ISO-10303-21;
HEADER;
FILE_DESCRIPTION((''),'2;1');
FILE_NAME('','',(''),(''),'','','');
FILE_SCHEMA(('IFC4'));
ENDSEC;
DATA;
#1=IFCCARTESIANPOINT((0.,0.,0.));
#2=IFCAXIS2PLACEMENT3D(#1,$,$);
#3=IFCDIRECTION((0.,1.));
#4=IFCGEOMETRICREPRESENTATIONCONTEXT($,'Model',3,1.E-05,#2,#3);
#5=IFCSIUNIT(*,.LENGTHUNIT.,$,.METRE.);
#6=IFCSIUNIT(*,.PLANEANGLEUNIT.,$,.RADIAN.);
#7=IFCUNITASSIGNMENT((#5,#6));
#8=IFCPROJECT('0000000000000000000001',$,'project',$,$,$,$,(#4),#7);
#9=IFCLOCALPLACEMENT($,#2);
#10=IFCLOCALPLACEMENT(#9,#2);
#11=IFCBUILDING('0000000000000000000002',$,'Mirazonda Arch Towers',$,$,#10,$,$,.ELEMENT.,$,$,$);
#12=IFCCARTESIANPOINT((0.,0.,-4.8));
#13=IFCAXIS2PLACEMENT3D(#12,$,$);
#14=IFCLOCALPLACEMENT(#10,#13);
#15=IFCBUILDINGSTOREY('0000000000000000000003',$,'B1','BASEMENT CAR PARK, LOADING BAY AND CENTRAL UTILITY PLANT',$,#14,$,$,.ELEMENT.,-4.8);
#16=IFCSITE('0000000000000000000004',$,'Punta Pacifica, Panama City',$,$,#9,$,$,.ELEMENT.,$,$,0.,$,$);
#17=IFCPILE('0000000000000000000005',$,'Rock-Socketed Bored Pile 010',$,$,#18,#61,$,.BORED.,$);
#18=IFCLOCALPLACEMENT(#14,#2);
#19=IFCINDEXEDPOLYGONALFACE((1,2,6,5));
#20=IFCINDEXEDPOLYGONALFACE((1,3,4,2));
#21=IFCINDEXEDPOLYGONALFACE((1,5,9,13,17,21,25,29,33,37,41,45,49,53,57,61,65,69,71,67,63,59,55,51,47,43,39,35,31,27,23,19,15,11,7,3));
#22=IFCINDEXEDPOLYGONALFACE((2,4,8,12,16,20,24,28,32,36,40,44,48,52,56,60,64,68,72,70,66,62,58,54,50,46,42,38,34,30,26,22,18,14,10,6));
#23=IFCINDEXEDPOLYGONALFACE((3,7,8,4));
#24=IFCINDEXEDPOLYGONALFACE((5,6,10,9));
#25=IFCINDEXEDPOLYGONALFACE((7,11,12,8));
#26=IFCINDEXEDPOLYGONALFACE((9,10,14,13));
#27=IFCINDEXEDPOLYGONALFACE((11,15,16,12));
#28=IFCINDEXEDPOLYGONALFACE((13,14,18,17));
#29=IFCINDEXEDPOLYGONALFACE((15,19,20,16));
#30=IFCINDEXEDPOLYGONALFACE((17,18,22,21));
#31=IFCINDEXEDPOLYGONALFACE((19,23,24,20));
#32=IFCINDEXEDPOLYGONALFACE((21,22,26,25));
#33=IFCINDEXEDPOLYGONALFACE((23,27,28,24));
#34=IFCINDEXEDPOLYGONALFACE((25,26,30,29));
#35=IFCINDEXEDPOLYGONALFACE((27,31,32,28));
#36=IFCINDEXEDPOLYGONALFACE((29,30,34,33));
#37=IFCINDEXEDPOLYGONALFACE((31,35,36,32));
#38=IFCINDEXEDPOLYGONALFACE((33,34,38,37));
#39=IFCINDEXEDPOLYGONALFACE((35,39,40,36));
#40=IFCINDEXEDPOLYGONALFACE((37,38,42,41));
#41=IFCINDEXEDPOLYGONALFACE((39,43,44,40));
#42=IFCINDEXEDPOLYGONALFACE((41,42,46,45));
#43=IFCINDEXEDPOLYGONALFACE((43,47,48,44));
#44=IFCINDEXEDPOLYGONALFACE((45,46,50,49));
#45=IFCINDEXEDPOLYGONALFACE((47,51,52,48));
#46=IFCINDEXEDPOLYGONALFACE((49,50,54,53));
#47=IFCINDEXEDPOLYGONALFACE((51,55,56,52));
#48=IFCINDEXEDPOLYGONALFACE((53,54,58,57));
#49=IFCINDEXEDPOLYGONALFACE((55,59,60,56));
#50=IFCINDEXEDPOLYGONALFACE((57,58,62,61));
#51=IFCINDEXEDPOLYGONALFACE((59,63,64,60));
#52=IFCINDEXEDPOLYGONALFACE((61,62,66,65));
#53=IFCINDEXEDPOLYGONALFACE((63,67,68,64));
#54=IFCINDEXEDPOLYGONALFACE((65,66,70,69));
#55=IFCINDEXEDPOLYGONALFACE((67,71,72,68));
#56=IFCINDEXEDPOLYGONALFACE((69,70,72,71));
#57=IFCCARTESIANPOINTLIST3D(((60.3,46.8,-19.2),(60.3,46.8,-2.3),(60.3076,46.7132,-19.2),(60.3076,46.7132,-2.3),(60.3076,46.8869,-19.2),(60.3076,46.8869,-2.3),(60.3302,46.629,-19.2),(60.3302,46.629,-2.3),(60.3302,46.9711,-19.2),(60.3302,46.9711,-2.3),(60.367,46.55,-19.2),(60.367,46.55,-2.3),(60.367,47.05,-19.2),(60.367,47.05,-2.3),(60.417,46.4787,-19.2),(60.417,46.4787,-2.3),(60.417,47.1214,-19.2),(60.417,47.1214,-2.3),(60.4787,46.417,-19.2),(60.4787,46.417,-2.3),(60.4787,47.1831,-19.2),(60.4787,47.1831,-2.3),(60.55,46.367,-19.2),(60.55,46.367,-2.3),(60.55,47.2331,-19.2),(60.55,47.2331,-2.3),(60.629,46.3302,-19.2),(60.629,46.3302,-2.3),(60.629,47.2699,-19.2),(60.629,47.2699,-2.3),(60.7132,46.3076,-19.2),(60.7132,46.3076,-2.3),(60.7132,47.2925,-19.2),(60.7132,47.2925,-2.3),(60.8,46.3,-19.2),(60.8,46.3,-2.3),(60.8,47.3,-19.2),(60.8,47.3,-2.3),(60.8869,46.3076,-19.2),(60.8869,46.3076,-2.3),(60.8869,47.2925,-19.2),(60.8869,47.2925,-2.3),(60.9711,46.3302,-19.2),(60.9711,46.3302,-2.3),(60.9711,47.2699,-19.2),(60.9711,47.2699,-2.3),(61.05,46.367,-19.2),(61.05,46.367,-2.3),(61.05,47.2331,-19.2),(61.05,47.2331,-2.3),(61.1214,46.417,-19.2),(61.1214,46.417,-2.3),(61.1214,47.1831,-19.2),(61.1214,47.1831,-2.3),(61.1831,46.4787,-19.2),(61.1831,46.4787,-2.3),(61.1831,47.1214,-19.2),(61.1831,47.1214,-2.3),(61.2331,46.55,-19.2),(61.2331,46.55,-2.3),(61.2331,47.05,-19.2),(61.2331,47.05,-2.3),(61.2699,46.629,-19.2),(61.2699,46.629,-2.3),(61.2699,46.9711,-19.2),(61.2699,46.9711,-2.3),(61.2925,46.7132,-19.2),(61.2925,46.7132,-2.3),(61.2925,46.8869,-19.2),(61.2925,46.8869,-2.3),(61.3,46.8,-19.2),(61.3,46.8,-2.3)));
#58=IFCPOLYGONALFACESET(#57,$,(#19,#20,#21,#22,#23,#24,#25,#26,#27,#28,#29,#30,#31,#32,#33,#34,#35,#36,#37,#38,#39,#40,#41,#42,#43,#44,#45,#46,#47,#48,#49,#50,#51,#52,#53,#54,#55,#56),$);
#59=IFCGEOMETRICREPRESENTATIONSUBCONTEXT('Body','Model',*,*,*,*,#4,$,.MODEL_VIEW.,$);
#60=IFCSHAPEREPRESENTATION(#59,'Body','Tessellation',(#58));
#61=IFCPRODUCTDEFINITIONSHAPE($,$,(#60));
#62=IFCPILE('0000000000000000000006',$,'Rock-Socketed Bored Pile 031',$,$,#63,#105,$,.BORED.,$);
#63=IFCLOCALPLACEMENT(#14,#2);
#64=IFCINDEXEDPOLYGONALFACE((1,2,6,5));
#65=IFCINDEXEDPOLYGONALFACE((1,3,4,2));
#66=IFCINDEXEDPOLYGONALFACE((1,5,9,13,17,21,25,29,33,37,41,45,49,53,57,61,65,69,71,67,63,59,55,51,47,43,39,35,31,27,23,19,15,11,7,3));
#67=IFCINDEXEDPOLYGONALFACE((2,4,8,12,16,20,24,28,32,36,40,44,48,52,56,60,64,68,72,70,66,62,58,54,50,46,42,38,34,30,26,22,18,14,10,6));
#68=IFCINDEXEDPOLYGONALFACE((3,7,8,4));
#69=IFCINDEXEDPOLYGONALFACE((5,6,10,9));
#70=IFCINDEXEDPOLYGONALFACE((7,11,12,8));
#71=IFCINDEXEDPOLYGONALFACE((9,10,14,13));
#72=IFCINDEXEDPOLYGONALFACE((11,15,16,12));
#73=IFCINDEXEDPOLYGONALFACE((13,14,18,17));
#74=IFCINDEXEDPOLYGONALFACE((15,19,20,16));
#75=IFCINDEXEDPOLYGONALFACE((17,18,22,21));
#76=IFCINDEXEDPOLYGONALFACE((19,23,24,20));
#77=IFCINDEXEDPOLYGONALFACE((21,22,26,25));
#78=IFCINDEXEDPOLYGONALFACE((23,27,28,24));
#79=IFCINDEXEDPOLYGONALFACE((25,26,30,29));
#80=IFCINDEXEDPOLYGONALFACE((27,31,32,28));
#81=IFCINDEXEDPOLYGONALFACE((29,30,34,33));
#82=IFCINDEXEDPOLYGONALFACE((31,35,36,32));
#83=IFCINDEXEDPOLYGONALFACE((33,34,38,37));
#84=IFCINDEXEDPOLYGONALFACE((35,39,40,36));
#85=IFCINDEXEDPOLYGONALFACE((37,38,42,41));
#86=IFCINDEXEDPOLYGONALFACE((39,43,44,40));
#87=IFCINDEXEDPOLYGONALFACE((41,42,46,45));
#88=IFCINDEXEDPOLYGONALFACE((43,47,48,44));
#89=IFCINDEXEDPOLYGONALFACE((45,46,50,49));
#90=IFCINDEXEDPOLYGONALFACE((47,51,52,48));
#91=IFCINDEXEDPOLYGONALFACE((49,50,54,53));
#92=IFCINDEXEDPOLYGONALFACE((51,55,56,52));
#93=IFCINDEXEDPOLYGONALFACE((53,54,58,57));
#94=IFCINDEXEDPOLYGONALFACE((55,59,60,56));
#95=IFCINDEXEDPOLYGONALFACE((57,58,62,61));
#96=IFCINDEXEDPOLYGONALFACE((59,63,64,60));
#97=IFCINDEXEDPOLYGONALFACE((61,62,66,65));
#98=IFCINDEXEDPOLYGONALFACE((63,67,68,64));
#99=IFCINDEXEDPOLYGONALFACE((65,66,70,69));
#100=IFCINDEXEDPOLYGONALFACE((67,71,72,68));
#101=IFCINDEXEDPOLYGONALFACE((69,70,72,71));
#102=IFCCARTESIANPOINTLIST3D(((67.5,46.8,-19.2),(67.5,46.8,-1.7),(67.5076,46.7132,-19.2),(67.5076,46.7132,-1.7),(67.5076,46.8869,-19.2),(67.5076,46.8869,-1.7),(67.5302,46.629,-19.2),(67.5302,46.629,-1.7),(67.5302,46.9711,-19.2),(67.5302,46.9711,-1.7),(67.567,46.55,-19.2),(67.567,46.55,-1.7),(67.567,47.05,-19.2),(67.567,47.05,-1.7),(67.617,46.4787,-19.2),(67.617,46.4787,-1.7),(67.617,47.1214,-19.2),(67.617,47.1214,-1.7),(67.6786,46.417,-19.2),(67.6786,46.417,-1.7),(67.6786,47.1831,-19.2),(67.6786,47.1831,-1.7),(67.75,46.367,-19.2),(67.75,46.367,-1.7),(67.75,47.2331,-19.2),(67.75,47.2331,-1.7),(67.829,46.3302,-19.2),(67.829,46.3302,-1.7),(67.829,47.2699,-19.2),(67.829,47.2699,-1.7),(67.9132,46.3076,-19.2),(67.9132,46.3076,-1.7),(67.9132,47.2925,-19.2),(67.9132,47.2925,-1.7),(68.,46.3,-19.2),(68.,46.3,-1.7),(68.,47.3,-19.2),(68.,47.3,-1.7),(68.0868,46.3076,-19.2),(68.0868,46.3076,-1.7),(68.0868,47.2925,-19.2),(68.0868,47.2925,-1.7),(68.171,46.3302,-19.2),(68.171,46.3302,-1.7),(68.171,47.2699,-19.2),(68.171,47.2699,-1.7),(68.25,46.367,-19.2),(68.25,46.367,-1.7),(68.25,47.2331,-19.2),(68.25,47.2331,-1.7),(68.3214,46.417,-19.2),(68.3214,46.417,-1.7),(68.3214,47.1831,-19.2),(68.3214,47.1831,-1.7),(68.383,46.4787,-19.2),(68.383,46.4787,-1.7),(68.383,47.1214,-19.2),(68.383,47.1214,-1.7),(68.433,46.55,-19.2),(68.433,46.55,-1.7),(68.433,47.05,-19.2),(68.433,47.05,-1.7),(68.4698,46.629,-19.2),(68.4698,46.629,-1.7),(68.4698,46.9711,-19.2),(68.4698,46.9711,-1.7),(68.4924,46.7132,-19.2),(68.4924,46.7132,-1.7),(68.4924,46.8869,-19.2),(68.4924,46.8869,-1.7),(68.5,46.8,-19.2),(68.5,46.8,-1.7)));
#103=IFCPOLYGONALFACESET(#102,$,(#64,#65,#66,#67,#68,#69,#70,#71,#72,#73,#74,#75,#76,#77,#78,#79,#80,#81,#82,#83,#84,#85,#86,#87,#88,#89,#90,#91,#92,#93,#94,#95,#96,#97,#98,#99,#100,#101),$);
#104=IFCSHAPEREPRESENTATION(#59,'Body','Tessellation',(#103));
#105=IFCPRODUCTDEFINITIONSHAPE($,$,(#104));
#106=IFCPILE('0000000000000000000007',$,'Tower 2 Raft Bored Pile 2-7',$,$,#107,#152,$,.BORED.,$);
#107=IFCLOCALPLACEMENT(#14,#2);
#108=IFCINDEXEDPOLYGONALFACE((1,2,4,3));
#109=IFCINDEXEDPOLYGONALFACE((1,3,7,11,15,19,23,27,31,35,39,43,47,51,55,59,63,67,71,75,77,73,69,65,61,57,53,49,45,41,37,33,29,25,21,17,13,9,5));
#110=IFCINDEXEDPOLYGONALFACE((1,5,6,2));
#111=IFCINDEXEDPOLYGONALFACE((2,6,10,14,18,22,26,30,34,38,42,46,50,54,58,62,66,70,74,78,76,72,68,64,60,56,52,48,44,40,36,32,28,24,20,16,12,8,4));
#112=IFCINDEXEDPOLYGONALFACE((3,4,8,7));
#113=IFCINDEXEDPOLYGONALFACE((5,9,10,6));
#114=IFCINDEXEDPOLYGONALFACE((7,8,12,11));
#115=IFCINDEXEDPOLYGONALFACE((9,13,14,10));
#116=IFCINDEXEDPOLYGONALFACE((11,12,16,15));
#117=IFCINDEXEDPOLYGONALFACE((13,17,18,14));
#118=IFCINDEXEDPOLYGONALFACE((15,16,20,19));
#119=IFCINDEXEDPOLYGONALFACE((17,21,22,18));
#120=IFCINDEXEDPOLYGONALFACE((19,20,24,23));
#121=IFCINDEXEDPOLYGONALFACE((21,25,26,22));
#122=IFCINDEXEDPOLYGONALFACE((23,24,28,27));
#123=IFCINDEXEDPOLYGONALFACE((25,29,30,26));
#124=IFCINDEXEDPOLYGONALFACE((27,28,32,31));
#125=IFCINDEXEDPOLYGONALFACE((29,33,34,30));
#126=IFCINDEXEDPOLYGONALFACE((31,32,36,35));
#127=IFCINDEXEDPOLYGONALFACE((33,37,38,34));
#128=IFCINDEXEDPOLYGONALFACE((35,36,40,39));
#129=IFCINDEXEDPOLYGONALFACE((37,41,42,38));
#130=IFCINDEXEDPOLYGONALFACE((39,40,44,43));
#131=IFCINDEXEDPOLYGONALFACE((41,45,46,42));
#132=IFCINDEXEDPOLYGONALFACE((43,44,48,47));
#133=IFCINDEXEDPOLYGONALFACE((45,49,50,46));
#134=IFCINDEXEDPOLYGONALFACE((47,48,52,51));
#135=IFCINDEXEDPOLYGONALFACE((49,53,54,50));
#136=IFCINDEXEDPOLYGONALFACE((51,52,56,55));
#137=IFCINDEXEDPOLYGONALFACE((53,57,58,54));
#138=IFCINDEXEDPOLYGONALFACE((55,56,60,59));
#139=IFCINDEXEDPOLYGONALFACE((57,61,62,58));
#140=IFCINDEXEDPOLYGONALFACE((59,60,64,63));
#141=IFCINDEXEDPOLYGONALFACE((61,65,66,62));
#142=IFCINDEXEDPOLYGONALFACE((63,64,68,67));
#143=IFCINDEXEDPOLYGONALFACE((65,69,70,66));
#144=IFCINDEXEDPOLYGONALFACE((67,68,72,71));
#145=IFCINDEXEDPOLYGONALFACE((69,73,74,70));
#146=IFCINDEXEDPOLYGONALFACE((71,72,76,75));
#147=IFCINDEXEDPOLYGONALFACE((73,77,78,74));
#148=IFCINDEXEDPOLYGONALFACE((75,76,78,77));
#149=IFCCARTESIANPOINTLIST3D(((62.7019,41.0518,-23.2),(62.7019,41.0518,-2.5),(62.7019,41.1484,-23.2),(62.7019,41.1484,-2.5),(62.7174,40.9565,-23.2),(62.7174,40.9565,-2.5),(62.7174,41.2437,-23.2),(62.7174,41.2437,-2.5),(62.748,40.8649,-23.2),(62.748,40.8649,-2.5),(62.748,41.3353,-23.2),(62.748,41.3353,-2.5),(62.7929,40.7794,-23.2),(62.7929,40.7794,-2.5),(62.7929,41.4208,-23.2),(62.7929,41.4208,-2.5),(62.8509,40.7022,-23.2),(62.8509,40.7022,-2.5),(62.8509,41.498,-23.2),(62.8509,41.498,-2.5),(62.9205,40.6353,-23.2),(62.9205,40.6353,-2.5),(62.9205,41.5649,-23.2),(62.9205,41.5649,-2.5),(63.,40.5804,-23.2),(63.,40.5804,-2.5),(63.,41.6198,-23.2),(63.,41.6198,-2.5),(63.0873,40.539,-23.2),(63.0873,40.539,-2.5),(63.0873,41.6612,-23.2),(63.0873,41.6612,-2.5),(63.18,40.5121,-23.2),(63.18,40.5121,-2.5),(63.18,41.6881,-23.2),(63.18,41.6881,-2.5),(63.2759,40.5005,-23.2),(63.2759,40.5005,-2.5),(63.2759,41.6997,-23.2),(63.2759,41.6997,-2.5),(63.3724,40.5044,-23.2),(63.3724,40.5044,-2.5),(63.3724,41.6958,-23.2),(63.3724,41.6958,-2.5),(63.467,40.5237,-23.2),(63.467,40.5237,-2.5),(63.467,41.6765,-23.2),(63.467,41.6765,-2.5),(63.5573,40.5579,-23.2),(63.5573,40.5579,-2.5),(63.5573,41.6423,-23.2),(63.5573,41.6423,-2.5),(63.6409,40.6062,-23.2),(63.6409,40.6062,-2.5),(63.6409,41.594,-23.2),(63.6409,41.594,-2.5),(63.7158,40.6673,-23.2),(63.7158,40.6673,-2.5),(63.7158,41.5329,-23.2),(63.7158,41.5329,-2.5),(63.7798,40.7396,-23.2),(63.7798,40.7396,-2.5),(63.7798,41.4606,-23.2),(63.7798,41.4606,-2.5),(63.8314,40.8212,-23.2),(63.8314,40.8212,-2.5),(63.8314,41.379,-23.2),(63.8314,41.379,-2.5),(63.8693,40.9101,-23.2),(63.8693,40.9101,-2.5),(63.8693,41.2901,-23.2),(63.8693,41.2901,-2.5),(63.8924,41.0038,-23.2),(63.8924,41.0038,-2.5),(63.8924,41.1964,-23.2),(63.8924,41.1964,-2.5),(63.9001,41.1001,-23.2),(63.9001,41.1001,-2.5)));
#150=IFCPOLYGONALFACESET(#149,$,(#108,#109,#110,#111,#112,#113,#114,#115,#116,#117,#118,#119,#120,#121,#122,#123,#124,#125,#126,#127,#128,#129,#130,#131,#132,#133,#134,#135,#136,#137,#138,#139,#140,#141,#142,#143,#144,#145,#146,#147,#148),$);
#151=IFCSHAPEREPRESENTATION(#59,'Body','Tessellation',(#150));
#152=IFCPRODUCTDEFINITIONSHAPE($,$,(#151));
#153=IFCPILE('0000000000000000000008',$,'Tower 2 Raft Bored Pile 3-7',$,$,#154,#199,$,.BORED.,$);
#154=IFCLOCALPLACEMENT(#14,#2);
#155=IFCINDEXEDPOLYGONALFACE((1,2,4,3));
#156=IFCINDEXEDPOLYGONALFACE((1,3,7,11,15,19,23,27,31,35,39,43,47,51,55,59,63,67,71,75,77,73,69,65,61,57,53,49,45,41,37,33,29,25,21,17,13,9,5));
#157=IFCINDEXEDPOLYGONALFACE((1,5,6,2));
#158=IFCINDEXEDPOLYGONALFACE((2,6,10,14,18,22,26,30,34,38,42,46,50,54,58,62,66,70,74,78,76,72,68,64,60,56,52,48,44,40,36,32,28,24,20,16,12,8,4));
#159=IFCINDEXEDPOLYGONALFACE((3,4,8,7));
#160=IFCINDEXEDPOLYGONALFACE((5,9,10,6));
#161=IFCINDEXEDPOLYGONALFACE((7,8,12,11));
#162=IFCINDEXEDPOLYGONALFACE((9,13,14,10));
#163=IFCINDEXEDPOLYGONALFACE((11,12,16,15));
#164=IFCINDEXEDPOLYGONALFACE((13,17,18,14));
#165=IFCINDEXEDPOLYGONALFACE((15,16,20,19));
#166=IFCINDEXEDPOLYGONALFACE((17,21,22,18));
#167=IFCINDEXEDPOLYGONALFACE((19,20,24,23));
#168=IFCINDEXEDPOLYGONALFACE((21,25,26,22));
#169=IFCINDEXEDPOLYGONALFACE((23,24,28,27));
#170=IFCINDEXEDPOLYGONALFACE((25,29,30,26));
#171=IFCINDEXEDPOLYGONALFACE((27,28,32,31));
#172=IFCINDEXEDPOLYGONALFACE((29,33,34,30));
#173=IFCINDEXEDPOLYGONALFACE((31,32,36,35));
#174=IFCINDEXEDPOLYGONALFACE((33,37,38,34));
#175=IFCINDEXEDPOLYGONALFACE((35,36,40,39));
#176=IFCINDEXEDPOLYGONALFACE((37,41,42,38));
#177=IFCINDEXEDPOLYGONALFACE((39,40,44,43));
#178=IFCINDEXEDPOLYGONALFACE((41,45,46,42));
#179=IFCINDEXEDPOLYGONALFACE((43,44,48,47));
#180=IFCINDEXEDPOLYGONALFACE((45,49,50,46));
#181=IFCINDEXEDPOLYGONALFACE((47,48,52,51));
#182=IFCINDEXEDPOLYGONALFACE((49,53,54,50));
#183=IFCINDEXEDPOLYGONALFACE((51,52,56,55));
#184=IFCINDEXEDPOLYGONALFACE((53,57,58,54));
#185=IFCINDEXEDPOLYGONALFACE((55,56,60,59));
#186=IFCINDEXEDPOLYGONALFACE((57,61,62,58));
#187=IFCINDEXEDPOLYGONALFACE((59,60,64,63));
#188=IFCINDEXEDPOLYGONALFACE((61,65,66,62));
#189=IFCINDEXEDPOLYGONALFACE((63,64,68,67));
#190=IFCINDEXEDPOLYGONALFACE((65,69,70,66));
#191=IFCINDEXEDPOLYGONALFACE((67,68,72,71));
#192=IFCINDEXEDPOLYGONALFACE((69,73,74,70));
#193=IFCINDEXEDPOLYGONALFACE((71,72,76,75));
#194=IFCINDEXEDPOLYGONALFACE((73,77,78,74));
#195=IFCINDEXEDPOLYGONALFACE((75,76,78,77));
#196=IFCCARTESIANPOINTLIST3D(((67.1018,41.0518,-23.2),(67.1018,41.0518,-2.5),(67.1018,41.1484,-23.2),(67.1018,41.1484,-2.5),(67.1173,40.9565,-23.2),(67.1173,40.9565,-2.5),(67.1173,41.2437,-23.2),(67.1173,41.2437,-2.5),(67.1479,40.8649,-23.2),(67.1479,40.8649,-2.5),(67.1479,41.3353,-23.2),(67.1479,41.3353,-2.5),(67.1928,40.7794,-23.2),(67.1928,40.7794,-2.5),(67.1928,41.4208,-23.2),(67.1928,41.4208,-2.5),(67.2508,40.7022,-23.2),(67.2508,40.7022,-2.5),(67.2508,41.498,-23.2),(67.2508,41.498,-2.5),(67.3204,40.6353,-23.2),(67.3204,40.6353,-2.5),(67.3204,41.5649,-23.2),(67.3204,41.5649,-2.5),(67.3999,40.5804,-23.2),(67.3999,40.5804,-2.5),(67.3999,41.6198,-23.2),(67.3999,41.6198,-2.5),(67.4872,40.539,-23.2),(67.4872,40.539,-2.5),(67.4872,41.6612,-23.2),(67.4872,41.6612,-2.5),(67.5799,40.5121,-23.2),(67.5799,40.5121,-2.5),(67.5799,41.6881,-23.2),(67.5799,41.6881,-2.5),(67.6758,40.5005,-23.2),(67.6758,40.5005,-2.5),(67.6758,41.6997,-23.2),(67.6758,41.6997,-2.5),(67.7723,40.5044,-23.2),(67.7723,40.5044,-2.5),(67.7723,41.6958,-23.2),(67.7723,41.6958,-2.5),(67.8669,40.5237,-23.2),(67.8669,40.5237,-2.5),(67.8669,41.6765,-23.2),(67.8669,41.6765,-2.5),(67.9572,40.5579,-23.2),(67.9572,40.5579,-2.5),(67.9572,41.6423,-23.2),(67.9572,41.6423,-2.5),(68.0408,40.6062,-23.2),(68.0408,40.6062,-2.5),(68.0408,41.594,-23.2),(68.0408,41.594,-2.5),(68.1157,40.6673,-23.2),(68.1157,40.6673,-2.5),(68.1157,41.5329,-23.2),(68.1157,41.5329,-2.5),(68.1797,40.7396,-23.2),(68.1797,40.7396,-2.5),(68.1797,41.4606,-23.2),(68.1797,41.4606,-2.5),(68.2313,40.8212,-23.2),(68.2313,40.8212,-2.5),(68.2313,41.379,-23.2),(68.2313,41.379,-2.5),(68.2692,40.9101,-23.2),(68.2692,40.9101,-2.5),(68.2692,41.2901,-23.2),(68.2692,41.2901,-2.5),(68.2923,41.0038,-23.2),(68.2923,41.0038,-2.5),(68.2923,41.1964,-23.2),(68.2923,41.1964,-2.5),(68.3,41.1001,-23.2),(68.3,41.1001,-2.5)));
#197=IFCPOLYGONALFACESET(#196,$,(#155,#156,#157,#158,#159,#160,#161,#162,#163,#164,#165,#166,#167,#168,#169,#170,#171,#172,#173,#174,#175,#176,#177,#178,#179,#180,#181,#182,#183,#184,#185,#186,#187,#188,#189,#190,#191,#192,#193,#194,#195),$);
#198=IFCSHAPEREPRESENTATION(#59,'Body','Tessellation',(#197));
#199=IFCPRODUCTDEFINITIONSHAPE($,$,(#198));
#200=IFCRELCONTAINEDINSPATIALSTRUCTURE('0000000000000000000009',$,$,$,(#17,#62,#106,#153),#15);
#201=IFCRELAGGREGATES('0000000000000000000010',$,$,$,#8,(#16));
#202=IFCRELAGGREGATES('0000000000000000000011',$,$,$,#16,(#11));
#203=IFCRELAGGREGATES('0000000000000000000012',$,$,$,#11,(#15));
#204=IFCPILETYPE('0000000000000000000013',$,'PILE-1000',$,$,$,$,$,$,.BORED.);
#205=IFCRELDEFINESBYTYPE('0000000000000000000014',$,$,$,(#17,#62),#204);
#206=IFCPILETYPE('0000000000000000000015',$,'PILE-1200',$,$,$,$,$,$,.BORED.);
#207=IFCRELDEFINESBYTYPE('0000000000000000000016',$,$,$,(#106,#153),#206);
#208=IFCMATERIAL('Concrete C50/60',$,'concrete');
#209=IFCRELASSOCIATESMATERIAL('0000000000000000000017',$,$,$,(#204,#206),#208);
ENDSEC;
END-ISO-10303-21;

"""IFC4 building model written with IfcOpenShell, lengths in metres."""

from ifc_helpers import new_model, si_unit, direction, frame, origin, origin_2d, place, context, subcontext, project, spatial, circle, extrude, material, material_profile, profile_set, type_object, element, save


model = new_model("IFC4")

# Units and contexts
model_context = context("Model", 3, precision=1e-05, world=origin(), true_north=direction((0.0, 1.0)))
body_context = subcontext(model_context, "Body", "Model", "MODEL_VIEW")
ifc_project = project(units=[si_unit("LENGTHUNIT", "METRE"), si_unit("PLANEANGLEUNIT", "RADIAN")], contexts=[model_context])

# Site, building, storey
site_placement = place(None, origin())
site = spatial("IfcSite", under=ifc_project, at=site_placement, Name="Punta Pacifica, Panama City", CompositionType="ELEMENT", RefElevation=0.0)
building_placement = place(site_placement, origin())
building = spatial("IfcBuilding", under=site, at=building_placement, Name="Mirazonda Arch Towers", CompositionType="ELEMENT")
storey_placement = place(building_placement, frame((0.0, 0.0, -4.8)))
storey = spatial("IfcBuildingStorey", under=building, at=storey_placement, Name="B1", Description="BASEMENT CAR PARK, LOADING BAY AND CENTRAL UTILITY PLANT", CompositionType="ELEMENT", Elevation=-4.8)

# Piles
ifc_material_1 = material(Name="Concrete C50/60", Category="concrete")
ifc_material_profile_1 = material_profile(ifc_material_1, circle(Radius=0.5, at=origin_2d()), Name="BORED-D1000")
ifc_profile_set_1 = profile_set([ifc_material_profile_1], Name="Concrete C50/60")
pile_type_1 = type_object("IfcPileType", Name="PILE-1000", PredefinedType="BORED", material=ifc_profile_set_1)
pile_1_placement = place(storey_placement, frame((60.8, 46.8, -2.3), z_axis=(0.0, 0.0, -1.0), x_axis=(1.0, 0.0, 0.0)))
element("IfcPile", 1, at=pile_1_placement, inside=storey, type_object=pile_type_1, Name="Rock-Socketed Bored Pile 010", PredefinedType="BORED", context=body_context, shape_type="SweptSolid", body=[
    extrude(circle(Radius=0.5, at=origin_2d()), origin(), (0.0, 0.0, 1.0), 16.8999),
])
pile_2_placement = place(storey_placement, frame((68.0, 46.8, -1.7), z_axis=(0.0, 0.0, -1.0), x_axis=(1.0, 0.0, 0.0)))
element("IfcPile", 2, at=pile_2_placement, inside=storey, type_object=pile_type_1, Name="Rock-Socketed Bored Pile 031", PredefinedType="BORED", context=body_context, shape_type="SweptSolid", body=[
    extrude(circle(Radius=0.5, at=origin_2d()), origin(), (0.0, 0.0, 1.0), 17.5),
])
ifc_material_profile_2 = material_profile(ifc_material_1, circle(Radius=0.6001, at=origin_2d()), Name="BORED-D1200")
ifc_profile_set_2 = profile_set([ifc_material_profile_2], Name="Concrete C50/60")
pile_type_2 = type_object("IfcPileType", Name="PILE-1200", PredefinedType="BORED", material=ifc_profile_set_2)
for number, where, z_axis, x_axis, name in (
    (3, (63.3, 41.1001, -2.5), (0.0, 0.0, -1.0), (1.0, 0.0, 0.0), "Tower 2 Raft Bored Pile 2-7"),
    (4, (67.7, 41.1001, -2.5), (0.0, 0.0, -1.0), (1.0, 0.0, 0.0), "Tower 2 Raft Bored Pile 3-7"),
):
    element("IfcPile", number, at=place(storey_placement, frame(where, z_axis=z_axis, x_axis=x_axis)), inside=storey, type_object=pile_type_2, Name=name, PredefinedType="BORED", context=body_context, shape_type="SweptSolid", body=[
        extrude(circle(Radius=0.6001, at=origin_2d()), origin(), (0.0, 0.0, 1.0), 20.7),
    ])

save(model, "model.ifc")
